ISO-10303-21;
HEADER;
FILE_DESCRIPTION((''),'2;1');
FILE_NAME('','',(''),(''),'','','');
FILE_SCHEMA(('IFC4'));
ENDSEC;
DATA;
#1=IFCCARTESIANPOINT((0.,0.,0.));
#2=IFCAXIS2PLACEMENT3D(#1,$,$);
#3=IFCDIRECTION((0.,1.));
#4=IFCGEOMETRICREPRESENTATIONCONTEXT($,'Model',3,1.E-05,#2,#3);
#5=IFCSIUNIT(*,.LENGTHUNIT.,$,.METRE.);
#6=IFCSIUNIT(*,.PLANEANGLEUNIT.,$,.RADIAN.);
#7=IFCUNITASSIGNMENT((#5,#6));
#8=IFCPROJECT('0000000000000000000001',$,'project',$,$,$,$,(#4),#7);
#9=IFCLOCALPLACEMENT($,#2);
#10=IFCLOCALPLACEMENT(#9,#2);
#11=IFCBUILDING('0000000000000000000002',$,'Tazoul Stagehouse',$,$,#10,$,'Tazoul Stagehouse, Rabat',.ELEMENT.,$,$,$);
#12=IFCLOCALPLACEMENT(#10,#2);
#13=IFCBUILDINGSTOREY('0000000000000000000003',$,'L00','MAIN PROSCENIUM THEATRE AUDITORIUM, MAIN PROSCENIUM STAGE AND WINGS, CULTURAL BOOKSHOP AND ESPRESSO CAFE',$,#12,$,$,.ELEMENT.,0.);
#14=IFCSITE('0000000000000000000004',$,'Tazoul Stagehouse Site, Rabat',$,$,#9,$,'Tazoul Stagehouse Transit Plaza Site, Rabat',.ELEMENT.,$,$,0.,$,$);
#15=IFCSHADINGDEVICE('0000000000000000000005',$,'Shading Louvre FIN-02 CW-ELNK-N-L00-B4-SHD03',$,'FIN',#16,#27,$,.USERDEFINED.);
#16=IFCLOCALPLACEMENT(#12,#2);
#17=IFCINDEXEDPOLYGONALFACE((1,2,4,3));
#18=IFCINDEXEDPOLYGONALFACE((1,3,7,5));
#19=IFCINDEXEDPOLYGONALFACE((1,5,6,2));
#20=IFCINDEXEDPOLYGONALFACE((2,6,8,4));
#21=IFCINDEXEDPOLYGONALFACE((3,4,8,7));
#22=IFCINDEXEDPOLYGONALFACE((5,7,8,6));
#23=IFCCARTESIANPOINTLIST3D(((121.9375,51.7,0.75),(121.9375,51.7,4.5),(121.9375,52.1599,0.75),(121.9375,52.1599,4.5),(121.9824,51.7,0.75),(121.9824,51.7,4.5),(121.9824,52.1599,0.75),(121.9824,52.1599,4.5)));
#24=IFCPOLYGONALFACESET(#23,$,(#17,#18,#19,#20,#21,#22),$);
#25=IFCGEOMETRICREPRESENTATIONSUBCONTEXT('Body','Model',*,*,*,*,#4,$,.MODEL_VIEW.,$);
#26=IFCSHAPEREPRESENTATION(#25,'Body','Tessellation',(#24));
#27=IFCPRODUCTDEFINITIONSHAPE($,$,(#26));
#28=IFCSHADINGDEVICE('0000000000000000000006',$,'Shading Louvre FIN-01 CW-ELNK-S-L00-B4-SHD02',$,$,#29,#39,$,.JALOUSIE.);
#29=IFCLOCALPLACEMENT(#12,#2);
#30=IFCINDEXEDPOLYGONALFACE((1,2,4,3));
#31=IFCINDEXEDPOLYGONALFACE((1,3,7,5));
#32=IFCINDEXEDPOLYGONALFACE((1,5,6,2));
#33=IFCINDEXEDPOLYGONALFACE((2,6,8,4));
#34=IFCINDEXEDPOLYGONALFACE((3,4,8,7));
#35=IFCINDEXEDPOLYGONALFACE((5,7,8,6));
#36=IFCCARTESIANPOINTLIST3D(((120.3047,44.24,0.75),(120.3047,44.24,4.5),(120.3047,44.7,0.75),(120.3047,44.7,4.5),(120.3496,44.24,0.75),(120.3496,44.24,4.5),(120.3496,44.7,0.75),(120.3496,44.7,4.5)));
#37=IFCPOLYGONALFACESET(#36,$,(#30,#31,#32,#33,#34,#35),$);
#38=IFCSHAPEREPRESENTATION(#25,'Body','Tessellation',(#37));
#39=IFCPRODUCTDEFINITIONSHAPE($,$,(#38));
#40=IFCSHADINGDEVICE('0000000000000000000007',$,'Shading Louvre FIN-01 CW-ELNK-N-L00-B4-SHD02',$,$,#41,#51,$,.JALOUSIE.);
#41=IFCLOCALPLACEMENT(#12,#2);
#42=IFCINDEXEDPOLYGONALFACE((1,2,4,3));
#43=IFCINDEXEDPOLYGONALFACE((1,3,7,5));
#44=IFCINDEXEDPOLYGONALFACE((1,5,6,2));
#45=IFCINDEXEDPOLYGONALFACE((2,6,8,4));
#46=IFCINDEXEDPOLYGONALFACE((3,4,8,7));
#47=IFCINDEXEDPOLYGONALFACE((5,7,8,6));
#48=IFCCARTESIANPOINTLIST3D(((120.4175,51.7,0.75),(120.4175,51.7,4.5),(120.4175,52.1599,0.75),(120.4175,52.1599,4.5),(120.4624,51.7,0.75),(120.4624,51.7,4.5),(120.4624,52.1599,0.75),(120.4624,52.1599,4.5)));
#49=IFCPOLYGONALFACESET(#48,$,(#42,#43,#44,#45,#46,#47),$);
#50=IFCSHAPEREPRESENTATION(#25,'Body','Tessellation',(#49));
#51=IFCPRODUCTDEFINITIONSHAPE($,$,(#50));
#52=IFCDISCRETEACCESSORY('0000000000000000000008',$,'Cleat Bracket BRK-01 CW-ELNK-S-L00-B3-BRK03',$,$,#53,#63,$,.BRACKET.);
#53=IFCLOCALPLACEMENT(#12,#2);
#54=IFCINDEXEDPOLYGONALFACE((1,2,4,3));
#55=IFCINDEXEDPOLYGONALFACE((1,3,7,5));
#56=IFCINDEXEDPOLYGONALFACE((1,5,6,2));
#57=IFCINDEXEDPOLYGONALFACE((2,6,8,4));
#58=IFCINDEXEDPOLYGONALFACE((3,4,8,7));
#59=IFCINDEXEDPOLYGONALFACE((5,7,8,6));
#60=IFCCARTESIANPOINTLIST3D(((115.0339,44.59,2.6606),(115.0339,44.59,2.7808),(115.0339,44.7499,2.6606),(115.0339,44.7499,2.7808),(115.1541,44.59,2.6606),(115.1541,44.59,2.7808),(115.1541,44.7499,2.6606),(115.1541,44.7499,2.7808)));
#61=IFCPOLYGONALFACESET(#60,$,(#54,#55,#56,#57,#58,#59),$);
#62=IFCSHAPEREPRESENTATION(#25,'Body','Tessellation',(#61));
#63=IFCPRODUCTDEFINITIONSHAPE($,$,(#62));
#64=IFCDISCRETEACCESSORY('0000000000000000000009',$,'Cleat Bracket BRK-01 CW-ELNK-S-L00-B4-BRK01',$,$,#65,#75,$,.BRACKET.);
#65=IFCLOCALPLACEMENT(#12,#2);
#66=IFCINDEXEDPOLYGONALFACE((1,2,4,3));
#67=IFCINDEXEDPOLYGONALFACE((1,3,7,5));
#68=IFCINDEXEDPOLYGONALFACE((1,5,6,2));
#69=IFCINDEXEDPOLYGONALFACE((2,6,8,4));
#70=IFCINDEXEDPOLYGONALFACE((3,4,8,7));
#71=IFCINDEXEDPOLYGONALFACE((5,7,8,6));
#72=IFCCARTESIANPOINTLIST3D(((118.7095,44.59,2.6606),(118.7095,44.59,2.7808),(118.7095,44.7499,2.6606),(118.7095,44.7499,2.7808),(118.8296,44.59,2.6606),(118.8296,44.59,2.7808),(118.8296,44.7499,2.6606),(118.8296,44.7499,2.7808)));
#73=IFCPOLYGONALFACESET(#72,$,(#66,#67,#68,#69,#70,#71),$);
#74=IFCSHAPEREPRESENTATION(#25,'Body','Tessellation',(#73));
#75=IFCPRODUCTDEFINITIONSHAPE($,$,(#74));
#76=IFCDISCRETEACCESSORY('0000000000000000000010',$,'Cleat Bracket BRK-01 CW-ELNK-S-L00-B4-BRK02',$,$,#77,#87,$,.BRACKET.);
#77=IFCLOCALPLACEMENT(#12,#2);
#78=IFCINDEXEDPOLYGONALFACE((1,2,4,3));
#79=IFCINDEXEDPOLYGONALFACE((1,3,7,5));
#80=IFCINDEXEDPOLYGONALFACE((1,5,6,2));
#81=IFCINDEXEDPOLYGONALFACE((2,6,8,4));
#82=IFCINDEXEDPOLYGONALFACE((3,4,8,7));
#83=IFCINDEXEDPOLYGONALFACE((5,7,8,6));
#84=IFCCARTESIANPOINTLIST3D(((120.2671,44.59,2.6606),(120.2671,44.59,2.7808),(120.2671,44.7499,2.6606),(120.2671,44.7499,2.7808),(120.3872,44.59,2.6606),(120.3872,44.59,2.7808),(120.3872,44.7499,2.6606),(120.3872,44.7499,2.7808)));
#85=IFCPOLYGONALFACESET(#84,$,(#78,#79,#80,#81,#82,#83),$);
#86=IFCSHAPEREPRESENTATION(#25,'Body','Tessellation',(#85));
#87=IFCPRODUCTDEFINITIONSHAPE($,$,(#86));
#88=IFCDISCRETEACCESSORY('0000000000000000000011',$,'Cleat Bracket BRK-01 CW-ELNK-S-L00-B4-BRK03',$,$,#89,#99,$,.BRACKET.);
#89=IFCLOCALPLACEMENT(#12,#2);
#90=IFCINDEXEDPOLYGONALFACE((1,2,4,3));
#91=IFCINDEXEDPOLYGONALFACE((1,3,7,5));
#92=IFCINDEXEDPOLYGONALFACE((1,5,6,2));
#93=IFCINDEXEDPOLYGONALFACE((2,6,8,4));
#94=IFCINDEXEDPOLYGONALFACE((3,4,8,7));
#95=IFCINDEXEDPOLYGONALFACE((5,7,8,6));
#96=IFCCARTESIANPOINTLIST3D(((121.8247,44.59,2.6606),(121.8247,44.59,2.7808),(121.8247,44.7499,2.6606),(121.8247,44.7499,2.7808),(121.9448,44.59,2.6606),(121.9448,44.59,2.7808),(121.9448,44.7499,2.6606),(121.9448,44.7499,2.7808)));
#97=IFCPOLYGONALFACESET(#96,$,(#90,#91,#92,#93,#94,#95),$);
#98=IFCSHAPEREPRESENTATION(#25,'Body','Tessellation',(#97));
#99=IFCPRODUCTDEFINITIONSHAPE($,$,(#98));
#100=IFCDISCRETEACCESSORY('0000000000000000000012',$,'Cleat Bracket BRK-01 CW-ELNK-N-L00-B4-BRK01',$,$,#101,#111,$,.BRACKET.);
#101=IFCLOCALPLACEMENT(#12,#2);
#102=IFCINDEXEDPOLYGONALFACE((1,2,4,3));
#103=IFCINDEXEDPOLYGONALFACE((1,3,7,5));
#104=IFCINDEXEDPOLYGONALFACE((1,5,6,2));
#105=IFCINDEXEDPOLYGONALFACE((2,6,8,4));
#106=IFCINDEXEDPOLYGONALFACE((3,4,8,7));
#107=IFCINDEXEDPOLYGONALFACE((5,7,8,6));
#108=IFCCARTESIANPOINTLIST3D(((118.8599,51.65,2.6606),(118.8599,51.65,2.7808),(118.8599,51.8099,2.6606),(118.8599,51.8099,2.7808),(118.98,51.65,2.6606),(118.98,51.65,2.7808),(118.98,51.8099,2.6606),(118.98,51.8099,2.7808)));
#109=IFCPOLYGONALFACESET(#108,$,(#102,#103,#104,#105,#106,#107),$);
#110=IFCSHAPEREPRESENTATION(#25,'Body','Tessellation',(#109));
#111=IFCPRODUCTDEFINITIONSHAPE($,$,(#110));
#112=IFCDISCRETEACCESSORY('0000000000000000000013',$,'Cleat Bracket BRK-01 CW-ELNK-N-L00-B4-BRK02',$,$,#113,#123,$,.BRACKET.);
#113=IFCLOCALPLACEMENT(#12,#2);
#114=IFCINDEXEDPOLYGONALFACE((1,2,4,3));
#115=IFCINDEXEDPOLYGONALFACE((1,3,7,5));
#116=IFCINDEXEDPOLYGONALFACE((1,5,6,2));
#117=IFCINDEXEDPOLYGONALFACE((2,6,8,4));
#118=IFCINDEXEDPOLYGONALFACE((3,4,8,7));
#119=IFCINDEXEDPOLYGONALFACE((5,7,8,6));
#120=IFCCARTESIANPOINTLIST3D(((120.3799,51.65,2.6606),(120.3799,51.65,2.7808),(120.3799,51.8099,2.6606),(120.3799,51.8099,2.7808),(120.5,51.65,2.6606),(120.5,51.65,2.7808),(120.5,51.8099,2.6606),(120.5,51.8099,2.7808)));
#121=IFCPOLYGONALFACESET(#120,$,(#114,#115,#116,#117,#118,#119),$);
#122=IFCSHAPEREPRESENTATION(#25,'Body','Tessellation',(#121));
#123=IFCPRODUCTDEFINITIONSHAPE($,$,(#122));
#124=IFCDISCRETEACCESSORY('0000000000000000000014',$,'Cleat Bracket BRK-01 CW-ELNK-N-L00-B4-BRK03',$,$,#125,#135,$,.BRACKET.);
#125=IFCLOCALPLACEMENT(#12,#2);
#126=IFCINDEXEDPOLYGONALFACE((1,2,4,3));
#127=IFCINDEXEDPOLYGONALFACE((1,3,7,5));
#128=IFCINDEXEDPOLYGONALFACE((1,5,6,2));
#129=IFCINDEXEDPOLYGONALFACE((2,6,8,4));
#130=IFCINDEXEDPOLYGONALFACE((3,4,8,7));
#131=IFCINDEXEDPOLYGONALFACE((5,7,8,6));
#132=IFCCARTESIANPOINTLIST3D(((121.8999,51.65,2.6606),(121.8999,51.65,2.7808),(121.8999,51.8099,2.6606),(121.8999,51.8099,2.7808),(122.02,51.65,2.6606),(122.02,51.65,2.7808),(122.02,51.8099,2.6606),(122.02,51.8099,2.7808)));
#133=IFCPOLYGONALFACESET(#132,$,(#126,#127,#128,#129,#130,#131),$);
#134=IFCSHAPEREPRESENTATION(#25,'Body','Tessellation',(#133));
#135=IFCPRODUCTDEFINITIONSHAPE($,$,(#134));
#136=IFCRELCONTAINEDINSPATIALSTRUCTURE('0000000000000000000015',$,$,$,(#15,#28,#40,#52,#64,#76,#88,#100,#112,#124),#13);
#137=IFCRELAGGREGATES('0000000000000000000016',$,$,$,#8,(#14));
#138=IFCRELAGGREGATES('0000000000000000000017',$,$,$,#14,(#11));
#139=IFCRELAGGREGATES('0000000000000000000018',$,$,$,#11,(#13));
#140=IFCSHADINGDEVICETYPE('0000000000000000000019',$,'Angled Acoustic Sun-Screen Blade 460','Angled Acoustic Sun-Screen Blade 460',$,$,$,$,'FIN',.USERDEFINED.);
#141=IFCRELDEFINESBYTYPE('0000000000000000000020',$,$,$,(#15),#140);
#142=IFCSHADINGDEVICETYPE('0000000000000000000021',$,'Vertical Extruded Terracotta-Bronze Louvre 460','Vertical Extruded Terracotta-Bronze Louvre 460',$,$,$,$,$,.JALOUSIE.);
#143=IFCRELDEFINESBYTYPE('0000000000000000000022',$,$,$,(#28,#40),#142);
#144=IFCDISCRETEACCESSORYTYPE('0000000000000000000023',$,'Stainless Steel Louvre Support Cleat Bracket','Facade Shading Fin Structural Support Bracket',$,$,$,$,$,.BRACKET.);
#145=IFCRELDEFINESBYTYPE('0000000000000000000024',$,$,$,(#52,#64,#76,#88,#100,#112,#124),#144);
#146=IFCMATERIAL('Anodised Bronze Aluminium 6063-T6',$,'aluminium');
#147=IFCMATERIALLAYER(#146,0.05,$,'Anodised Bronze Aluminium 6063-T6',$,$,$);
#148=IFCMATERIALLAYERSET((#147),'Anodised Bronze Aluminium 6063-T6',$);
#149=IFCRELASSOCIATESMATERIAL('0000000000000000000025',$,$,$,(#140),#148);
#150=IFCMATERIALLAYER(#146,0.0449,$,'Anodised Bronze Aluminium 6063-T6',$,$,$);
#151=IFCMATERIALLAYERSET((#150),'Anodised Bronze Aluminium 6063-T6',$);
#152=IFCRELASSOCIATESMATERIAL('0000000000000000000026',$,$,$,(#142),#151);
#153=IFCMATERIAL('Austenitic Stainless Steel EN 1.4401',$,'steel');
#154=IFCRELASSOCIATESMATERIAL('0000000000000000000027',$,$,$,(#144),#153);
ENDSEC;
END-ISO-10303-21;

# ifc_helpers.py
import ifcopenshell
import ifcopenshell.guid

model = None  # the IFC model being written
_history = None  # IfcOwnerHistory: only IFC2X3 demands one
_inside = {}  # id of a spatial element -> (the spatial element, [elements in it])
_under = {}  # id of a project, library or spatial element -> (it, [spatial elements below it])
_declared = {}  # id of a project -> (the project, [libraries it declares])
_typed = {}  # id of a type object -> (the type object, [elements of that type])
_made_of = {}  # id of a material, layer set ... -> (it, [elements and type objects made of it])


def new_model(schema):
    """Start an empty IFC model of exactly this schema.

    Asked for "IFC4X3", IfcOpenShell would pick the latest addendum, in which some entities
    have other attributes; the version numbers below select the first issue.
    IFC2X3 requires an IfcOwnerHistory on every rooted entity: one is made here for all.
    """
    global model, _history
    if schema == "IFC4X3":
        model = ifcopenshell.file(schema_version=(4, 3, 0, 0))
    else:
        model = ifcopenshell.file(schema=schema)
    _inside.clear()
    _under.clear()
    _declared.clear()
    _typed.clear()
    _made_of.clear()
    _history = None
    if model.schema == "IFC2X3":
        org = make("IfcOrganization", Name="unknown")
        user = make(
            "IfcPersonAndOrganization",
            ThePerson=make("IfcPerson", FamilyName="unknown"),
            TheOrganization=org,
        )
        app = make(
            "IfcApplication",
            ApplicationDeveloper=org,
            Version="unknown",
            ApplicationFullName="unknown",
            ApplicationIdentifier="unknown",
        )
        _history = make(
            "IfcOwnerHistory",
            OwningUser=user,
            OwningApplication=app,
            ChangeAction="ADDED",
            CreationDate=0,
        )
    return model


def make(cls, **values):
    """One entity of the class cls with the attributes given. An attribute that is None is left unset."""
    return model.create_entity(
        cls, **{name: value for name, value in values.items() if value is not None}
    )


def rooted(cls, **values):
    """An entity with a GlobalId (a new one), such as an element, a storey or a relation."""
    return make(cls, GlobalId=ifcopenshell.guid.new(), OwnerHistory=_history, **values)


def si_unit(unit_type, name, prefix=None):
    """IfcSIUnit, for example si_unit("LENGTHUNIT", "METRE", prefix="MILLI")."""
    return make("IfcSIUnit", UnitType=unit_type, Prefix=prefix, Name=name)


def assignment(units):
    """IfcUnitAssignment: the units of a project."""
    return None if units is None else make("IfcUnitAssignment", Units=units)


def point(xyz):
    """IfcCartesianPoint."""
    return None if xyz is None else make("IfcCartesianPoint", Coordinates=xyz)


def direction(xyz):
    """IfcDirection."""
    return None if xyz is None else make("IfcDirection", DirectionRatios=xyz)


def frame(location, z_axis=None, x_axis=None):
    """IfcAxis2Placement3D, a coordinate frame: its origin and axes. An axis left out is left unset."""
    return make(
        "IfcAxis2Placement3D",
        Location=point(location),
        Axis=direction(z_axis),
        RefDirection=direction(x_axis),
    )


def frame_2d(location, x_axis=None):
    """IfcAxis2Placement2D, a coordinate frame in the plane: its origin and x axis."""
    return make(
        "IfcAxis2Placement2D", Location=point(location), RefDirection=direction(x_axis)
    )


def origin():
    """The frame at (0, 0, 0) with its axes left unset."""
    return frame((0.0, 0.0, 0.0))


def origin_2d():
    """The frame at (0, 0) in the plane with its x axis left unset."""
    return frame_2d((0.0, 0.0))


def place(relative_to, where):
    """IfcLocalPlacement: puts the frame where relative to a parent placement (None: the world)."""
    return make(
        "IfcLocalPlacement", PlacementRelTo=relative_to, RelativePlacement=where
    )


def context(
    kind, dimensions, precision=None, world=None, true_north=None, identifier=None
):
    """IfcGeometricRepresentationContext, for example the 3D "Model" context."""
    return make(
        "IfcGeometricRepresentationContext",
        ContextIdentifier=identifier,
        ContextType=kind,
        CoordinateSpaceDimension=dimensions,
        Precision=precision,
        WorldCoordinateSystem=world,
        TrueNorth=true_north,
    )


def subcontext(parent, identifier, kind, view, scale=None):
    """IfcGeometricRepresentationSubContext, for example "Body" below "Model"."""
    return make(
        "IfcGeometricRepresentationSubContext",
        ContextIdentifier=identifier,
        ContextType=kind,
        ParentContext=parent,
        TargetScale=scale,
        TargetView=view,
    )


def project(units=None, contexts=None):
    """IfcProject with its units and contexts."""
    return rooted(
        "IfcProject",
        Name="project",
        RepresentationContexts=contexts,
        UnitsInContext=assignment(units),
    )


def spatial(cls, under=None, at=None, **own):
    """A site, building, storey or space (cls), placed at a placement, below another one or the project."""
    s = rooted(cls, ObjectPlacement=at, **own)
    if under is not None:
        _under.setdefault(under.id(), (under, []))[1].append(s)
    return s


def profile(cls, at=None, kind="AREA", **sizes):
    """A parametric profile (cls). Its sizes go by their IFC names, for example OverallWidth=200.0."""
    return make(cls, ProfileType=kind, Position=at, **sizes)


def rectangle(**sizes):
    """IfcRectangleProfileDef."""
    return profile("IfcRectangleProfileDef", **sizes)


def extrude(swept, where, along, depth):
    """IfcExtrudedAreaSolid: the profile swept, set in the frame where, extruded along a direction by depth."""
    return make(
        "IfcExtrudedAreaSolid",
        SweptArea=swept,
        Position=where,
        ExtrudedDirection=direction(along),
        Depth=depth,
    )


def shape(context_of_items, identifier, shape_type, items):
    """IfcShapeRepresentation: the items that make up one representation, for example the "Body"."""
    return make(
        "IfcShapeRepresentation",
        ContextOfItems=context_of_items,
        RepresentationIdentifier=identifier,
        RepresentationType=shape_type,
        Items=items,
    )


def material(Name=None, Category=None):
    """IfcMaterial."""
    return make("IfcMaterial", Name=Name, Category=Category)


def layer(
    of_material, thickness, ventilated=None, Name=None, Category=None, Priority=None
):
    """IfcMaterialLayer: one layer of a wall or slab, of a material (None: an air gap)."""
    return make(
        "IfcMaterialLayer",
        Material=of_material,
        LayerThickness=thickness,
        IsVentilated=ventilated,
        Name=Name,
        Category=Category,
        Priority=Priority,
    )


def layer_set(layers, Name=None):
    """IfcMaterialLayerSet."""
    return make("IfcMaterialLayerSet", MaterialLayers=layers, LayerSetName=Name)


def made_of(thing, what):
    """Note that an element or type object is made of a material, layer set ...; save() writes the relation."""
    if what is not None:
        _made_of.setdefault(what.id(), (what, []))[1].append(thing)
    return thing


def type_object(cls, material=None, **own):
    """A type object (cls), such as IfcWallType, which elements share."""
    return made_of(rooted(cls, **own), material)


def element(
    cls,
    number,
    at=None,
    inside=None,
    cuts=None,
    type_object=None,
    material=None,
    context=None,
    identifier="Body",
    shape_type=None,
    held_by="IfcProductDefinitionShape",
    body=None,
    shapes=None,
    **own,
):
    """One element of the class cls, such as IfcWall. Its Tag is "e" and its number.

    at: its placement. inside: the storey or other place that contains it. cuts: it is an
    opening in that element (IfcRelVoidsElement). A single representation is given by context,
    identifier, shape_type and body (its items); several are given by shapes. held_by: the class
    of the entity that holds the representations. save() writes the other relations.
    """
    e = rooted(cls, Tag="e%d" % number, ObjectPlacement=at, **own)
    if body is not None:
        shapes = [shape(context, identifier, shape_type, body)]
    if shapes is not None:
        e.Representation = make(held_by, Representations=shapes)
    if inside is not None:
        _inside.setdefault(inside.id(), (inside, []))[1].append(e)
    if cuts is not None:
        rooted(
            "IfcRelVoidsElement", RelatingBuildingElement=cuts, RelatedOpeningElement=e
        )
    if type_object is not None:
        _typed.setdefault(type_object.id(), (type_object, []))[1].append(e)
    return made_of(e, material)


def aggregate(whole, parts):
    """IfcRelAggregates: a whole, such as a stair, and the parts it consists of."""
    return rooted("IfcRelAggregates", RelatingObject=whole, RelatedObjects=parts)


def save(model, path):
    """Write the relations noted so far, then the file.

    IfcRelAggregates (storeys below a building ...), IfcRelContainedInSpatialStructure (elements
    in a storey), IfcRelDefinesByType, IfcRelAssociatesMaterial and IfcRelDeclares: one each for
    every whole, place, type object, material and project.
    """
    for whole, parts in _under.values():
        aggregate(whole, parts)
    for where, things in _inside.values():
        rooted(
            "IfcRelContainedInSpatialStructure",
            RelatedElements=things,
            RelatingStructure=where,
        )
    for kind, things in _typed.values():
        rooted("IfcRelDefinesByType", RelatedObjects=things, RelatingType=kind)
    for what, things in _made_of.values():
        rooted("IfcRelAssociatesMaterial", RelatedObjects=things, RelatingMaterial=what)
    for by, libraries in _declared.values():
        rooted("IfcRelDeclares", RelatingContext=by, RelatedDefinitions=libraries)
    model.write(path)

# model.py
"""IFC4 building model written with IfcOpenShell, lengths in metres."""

from ifc_helpers import new_model, si_unit, direction, frame, origin, origin_2d, place, context, subcontext, project, spatial, rectangle, extrude, material, layer, layer_set, type_object, element, save


model = new_model("IFC4")

# Units and contexts
model_context = context("Model", 3, precision=1e-05, world=origin(), true_north=direction((0.0, 1.0)))
body_context = subcontext(model_context, "Body", "Model", "MODEL_VIEW")
ifc_project = project(units=[si_unit("LENGTHUNIT", "METRE"), si_unit("PLANEANGLEUNIT", "RADIAN")], contexts=[model_context])

# Site, building, storey
site_placement = place(None, origin())
site = spatial("IfcSite", under=ifc_project, at=site_placement, Name="Tazoul Stagehouse Site, Rabat", LongName="Tazoul Stagehouse Transit Plaza Site, Rabat", CompositionType="ELEMENT", RefElevation=0.0)
building_placement = place(site_placement, origin())
building = spatial("IfcBuilding", under=site, at=building_placement, Name="Tazoul Stagehouse", LongName="Tazoul Stagehouse, Rabat", CompositionType="ELEMENT")
storey_placement = place(building_placement, origin())
storey = spatial("IfcBuildingStorey", under=building, at=storey_placement, Name="L00", Description="MAIN PROSCENIUM THEATRE AUDITORIUM, MAIN PROSCENIUM STAGE AND WINGS, CULTURAL BOOKSHOP AND ESPRESSO CAFE", CompositionType="ELEMENT", Elevation=0.0)

# Shared definitions
ifc_material_1 = material(Name="Anodised Bronze Aluminium 6063-T6", Category="aluminium")

# Shading devices
ifc_layer_1 = layer(ifc_material_1, 0.05, Name="Anodised Bronze Aluminium 6063-T6")
ifc_layer_set_1 = layer_set([ifc_layer_1], Name="Anodised Bronze Aluminium 6063-T6")
shading_device_type_1 = type_object("IfcShadingDeviceType", Name="Angled Acoustic Sun-Screen Blade 460", Description="Angled Acoustic Sun-Screen Blade 460", ElementType="FIN", PredefinedType="USERDEFINED", material=ifc_layer_set_1)
for number, where, z_axis, x_axis, name in (
    (1, (121.96, 51.9299, 0.75), (0.0, 0.0, 1.0), (1.0, 0.0, 0.0), "Shading Louvre FIN-02 CW-ELNK-N-L00-B4-SHD03"),
):
    element("IfcShadingDevice", number, at=place(storey_placement, frame(where, z_axis=z_axis, x_axis=x_axis)), inside=storey, type_object=shading_device_type_1, Name=name, ObjectType="FIN", PredefinedType="USERDEFINED", context=body_context, shape_type="SweptSolid", body=[
        extrude(rectangle(XDim=0.0449, YDim=0.46, at=origin_2d()), origin(), (0.0, 0.0, 1.0), 3.75),
    ])
ifc_layer_2 = layer(ifc_material_1, 0.0449, Name="Anodised Bronze Aluminium 6063-T6")
ifc_layer_set_2 = layer_set([ifc_layer_2], Name="Anodised Bronze Aluminium 6063-T6")
shading_device_type_2 = type_object("IfcShadingDeviceType", Name="Vertical Extruded Terracotta-Bronze Louvre 460", Description="Vertical Extruded Terracotta-Bronze Louvre 460", PredefinedType="JALOUSIE", material=ifc_layer_set_2)
for number, where, z_axis, x_axis, name in (
    (2, (120.3271, 44.47, 0.75), (0.0, 0.0, 1.0), (1.0, 0.0, 0.0), "Shading Louvre FIN-01 CW-ELNK-S-L00-B4-SHD02"),
    (3, (120.4399, 51.9299, 0.75), (0.0, 0.0, 1.0), (1.0, 0.0, 0.0), "Shading Louvre FIN-01 CW-ELNK-N-L00-B4-SHD02"),
):
    element("IfcShadingDevice", number, at=place(storey_placement, frame(where, z_axis=z_axis, x_axis=x_axis)), inside=storey, type_object=shading_device_type_2, Name=name, PredefinedType="JALOUSIE", context=body_context, shape_type="SweptSolid", body=[
        extrude(rectangle(XDim=0.0449, YDim=0.46, at=origin_2d()), origin(), (0.0, 0.0, 1.0), 3.75),
    ])

# Discrete accessories
ifc_material_2 = material(Name="Austenitic Stainless Steel EN 1.4401", Category="steel")
discrete_accessory_type = type_object("IfcDiscreteAccessoryType", Name="Stainless Steel Louvre Support Cleat Bracket", Description="Facade Shading Fin Structural Support Bracket", PredefinedType="BRACKET", material=ifc_material_2)
for number, where, z_axis, x_axis, name in (
    (4, (115.094, 44.6699, 2.6606), (0.0, 0.0, 1.0), (1.0, 0.0, 0.0), "Cleat Bracket BRK-01 CW-ELNK-S-L00-B3-BRK03"),
    (5, (118.7695, 44.6699, 2.6606), (0.0, 0.0, 1.0), (1.0, 0.0, 0.0), "Cleat Bracket BRK-01 CW-ELNK-S-L00-B4-BRK01"),
    (6, (120.3271, 44.6699, 2.6606), (0.0, 0.0, 1.0), (1.0, 0.0, 0.0), "Cleat Bracket BRK-01 CW-ELNK-S-L00-B4-BRK02"),
    (7, (121.8848, 44.6699, 2.6606), (0.0, 0.0, 1.0), (1.0, 0.0, 0.0), "Cleat Bracket BRK-01 CW-ELNK-S-L00-B4-BRK03"),
    (8, (118.9199, 51.73, 2.6606), (0.0, 0.0, 1.0), (1.0, 0.0, 0.0), "Cleat Bracket BRK-01 CW-ELNK-N-L00-B4-BRK01"),
    (9, (120.4399, 51.73, 2.6606), (0.0, 0.0, 1.0), (1.0, 0.0, 0.0), "Cleat Bracket BRK-01 CW-ELNK-N-L00-B4-BRK02"),
    (10, (121.96, 51.73, 2.6606), (0.0, 0.0, 1.0), (1.0, 0.0, 0.0), "Cleat Bracket BRK-01 CW-ELNK-N-L00-B4-BRK03"),
):
    element("IfcDiscreteAccessory", number, at=place(storey_placement, frame(where, z_axis=z_axis, x_axis=x_axis)), inside=storey, type_object=discrete_accessory_type, Name=name, PredefinedType="BRACKET", context=body_context, shape_type="SweptSolid", body=[
        extrude(rectangle(XDim=0.1201, YDim=0.1599, at=origin_2d()), origin(), (0.0, 0.0, 1.0), 0.1201),
    ])

save(model, "model.ifc")
